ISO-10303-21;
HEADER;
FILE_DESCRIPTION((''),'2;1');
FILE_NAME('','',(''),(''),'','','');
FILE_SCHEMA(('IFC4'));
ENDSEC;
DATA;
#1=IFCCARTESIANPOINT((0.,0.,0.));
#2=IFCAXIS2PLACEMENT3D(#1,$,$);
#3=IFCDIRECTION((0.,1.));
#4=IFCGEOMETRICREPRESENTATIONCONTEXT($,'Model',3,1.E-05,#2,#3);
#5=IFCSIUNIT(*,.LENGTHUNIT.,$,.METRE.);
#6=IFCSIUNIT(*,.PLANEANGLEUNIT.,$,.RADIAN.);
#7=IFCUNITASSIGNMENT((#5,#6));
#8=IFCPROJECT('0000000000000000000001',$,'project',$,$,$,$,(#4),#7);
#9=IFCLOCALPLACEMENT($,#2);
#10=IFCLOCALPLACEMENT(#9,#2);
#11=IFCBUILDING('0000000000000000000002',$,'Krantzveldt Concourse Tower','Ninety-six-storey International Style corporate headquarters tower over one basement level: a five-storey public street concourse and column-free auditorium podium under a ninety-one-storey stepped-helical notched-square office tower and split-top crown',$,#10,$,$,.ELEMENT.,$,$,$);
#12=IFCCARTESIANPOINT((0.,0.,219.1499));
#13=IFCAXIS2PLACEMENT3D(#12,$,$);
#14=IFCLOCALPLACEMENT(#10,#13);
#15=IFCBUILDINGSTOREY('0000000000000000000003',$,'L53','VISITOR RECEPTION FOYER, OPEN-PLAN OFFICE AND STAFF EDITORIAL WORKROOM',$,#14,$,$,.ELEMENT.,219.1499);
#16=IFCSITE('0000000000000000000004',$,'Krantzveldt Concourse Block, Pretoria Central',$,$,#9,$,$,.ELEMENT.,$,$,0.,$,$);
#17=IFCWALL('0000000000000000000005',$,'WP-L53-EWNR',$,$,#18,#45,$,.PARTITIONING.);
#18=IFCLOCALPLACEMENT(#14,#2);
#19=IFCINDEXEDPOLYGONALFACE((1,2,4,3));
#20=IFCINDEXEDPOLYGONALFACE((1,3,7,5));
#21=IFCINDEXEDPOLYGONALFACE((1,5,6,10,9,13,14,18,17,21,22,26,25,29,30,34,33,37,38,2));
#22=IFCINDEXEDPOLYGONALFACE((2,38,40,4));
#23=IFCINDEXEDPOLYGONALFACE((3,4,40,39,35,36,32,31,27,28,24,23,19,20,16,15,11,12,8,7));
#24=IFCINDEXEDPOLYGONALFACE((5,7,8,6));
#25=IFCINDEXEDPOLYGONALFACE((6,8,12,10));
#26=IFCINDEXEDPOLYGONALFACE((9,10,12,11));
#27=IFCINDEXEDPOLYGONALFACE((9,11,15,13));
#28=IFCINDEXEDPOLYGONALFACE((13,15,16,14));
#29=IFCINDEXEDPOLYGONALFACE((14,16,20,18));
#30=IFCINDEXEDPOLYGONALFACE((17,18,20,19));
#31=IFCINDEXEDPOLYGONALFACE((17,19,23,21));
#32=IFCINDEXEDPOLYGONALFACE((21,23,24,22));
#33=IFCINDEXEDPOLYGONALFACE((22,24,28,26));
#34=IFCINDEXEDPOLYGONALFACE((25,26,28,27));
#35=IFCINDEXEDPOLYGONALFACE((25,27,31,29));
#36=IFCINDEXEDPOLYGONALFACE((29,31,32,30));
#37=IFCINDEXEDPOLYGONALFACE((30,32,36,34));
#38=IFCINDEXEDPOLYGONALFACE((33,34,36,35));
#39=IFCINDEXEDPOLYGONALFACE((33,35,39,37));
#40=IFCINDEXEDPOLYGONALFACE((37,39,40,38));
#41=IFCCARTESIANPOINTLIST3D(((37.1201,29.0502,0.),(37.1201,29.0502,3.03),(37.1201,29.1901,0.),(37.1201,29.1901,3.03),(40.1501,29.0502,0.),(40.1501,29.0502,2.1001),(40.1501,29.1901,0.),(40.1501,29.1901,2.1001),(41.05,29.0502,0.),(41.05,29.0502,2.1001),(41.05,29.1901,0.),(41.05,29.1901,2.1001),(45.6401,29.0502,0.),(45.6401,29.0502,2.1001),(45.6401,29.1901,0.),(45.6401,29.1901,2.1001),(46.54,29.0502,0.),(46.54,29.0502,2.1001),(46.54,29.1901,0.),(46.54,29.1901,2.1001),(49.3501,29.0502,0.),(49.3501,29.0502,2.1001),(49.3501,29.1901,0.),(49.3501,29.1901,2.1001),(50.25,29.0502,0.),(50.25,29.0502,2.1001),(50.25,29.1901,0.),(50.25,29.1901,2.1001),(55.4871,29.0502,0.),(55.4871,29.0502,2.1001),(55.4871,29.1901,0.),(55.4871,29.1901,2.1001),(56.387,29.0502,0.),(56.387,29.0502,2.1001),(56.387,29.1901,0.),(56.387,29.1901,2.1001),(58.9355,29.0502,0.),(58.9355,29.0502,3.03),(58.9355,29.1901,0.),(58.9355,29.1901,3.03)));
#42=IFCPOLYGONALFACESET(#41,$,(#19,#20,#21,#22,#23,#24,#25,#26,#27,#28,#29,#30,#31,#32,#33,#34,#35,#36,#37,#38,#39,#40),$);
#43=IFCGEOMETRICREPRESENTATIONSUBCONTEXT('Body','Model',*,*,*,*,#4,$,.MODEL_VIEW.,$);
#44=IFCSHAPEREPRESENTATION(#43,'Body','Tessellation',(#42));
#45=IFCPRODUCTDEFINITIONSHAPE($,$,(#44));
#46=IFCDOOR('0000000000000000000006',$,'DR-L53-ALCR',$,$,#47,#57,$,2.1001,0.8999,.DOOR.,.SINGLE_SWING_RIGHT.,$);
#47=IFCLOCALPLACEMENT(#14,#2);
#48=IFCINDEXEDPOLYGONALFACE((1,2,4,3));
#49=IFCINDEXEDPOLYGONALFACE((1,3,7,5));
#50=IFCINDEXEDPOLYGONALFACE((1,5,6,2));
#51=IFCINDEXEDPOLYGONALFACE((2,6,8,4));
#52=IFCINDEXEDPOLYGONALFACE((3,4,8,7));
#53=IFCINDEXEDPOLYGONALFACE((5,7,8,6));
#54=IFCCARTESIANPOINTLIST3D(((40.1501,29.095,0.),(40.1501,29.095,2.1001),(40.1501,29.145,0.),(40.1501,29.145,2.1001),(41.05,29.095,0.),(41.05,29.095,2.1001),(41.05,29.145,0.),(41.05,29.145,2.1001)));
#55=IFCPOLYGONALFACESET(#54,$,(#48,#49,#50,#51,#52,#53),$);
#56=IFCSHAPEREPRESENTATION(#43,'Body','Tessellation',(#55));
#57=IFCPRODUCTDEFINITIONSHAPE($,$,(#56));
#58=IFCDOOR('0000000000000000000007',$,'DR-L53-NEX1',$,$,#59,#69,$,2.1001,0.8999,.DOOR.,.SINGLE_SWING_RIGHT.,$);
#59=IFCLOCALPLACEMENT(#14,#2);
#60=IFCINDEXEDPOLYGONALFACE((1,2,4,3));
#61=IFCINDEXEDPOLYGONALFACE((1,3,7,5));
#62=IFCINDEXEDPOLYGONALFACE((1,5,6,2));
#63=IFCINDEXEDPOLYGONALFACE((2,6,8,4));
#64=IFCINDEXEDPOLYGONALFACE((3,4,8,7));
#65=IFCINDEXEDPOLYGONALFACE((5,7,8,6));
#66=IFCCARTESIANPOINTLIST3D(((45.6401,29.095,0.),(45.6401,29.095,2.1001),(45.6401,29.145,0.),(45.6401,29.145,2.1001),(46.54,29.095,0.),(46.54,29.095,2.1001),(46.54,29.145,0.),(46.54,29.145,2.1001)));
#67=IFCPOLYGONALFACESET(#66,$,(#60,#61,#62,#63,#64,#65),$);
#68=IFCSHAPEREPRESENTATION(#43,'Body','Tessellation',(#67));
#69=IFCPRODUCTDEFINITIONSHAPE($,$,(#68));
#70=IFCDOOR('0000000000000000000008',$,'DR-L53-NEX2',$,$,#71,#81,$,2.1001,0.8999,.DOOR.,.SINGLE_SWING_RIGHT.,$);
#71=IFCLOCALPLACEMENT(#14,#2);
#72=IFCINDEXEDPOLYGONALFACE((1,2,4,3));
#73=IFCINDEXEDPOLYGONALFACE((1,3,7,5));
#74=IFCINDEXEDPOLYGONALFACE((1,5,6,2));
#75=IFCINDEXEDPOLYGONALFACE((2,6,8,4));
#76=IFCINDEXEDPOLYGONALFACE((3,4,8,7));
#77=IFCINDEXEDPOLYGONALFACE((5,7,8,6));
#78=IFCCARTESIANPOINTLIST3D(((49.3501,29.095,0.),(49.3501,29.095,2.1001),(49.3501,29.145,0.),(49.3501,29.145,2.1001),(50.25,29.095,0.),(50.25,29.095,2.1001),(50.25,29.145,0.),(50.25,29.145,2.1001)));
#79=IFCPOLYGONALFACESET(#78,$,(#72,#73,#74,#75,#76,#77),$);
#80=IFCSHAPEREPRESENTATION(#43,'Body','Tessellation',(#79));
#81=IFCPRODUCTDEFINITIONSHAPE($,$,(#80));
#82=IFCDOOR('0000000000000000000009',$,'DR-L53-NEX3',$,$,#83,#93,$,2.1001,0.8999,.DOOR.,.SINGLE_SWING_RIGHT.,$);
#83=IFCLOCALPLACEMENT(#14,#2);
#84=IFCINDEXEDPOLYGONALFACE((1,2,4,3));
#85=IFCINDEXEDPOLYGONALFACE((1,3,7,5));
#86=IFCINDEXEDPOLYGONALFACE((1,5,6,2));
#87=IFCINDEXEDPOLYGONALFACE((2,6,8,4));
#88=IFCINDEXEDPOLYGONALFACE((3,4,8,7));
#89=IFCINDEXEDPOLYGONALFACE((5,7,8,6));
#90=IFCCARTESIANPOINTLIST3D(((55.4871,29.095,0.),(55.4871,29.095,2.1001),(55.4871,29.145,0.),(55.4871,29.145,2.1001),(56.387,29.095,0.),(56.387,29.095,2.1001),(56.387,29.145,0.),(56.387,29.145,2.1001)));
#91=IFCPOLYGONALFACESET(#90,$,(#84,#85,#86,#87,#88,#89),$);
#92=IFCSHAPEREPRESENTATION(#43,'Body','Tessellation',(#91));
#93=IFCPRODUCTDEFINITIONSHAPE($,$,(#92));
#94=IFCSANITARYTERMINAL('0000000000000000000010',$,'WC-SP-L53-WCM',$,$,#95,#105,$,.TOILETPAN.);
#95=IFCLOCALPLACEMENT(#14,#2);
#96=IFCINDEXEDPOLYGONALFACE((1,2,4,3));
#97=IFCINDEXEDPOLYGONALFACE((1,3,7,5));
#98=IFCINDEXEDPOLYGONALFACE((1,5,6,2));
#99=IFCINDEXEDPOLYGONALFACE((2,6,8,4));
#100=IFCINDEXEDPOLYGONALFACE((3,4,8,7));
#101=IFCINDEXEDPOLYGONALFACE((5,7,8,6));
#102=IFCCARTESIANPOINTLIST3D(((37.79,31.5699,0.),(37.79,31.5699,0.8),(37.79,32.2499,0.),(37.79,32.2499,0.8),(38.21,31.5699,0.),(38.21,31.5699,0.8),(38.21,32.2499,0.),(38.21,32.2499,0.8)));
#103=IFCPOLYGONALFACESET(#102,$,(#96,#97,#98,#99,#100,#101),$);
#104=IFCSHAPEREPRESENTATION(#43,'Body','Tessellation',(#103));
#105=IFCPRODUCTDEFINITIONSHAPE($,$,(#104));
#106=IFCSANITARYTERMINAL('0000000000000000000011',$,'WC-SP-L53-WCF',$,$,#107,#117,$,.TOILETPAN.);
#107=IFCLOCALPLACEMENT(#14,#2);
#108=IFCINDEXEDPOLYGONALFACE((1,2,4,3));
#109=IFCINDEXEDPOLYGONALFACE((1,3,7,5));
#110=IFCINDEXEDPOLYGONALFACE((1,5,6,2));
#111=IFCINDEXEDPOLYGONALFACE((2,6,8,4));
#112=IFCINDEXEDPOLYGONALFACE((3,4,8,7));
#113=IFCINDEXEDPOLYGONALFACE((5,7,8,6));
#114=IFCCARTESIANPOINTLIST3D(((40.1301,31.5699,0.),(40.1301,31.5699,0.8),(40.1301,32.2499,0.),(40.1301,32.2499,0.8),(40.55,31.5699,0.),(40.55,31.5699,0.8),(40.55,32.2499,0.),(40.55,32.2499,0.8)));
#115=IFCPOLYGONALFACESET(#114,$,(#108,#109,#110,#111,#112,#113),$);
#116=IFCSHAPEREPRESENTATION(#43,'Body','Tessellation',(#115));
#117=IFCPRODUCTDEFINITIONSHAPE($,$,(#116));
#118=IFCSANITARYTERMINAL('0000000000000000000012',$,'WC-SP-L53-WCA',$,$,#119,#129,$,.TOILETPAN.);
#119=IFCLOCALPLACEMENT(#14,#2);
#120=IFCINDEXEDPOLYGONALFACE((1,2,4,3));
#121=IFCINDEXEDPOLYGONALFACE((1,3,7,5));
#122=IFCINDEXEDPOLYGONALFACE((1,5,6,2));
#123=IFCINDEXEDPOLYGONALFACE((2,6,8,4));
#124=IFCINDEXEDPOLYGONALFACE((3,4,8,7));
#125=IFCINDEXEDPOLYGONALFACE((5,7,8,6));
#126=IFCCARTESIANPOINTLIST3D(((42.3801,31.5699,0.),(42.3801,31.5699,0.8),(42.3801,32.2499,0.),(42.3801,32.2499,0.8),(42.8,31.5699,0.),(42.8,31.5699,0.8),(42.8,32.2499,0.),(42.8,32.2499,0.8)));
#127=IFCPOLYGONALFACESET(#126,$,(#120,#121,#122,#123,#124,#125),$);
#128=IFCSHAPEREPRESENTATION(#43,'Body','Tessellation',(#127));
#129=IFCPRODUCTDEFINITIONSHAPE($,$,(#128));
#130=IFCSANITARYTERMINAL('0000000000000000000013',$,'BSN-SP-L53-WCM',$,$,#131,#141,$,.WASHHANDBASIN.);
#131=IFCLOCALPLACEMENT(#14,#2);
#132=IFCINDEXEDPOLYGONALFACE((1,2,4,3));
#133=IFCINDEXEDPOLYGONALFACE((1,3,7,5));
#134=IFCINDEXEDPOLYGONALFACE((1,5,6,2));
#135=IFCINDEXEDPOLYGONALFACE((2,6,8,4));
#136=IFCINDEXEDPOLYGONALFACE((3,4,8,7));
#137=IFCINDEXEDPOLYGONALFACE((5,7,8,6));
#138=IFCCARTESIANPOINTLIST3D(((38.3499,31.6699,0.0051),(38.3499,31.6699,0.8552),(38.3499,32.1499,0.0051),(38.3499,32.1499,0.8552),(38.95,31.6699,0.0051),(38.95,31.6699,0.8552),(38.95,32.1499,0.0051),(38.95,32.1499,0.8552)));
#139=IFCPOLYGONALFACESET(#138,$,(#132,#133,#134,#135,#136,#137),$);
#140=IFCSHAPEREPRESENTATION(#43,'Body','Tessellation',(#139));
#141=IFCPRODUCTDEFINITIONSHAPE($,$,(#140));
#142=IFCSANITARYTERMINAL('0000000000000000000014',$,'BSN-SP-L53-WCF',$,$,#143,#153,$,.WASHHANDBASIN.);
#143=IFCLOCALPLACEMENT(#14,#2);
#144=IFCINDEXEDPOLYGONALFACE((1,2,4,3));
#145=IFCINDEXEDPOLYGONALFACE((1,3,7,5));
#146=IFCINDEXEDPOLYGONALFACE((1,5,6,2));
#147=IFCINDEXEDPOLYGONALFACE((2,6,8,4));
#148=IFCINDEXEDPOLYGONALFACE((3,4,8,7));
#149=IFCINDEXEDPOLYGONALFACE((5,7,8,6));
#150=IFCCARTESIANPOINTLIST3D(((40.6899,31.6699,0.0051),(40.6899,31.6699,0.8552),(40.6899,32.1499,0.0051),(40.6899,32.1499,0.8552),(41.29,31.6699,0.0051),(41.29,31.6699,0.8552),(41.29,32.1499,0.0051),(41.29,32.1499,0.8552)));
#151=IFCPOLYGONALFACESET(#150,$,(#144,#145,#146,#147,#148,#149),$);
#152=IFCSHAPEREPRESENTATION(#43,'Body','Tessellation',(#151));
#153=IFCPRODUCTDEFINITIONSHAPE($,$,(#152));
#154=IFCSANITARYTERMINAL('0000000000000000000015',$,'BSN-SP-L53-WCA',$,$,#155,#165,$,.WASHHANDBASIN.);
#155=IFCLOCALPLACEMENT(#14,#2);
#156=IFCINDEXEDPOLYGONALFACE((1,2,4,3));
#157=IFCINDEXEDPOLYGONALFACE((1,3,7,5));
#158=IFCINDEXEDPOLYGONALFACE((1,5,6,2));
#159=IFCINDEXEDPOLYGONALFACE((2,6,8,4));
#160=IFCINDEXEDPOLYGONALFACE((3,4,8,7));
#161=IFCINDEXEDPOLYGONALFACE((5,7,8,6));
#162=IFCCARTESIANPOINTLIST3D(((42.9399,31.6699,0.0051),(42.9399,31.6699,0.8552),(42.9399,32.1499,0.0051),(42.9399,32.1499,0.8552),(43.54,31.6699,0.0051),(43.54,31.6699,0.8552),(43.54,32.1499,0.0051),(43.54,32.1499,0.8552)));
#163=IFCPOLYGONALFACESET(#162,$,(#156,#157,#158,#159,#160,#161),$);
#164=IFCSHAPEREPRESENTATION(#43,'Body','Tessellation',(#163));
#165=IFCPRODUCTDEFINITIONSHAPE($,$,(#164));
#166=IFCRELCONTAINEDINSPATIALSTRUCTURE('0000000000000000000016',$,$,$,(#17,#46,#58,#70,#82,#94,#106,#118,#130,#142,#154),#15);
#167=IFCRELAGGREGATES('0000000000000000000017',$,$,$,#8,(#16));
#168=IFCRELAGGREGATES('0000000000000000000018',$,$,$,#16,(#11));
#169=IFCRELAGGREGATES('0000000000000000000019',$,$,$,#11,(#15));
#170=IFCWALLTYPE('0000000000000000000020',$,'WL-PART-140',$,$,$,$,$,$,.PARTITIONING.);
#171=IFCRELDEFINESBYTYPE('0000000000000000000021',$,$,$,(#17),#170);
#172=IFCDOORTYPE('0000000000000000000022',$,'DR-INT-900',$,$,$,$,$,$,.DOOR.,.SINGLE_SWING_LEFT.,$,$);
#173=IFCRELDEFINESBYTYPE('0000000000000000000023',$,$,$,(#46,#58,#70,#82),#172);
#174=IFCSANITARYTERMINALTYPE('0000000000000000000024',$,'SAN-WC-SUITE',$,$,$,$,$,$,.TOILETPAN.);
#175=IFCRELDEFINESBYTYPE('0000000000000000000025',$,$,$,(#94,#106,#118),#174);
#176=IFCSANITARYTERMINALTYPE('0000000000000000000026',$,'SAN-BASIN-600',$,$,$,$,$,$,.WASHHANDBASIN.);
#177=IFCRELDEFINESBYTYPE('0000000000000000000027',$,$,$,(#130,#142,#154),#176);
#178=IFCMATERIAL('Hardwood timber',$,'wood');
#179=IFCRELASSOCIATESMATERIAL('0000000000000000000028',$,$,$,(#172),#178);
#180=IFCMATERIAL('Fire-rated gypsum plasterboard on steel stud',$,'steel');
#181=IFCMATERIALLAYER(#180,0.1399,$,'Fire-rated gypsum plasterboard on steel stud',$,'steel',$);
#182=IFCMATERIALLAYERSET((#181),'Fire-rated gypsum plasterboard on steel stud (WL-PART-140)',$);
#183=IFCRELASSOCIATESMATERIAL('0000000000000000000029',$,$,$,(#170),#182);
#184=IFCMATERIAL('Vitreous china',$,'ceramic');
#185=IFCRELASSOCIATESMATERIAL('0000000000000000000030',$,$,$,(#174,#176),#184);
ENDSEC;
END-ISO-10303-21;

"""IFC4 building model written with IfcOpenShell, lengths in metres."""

from ifc_helpers import new_model, si_unit, direction, frame, frame_2d, origin, origin_2d, place, context, subcontext, project, spatial, rectangle, extrude, source, transform, mapped, material, layer, layer_set, type_object, type_shapes, element, fill, save


model = new_model("IFC4")

# Units and contexts
model_context = context("Model", 3, precision=1e-05, world=origin(), true_north=direction((0.0, 1.0)))
body_context = subcontext(model_context, "Body", "Model", "MODEL_VIEW")
ifc_project = project(units=[si_unit("LENGTHUNIT", "METRE"), si_unit("PLANEANGLEUNIT", "RADIAN")], contexts=[model_context])

# Site, building, storey
site_placement = place(None, origin())
site = spatial("IfcSite", under=ifc_project, at=site_placement, Name="Krantzveldt Concourse Block, Pretoria Central", CompositionType="ELEMENT", RefElevation=0.0)
building_placement = place(site_placement, origin())
building = spatial("IfcBuilding", under=site, at=building_placement, Name="Krantzveldt Concourse Tower", Description="Ninety-six-storey International Style corporate headquarters tower over one basement level: a five-storey public street concourse and column-free auditorium podium under a ninety-one-storey stepped-helical notched-square office tower and split-top crown", CompositionType="ELEMENT")
storey_placement = place(building_placement, frame((0.0, 0.0, 219.1499)))
storey = spatial("IfcBuildingStorey", under=building, at=storey_placement, Name="L53", Description="VISITOR RECEPTION FOYER, OPEN-PLAN OFFICE AND STAFF EDITORIAL WORKROOM", CompositionType="ELEMENT", Elevation=219.1499)

# Shared definitions
ifc_material_1 = material(Name="Fire-rated gypsum plasterboard on steel stud", Category="steel")

# Shared definitions
ifc_material_2 = material(Name="Hardwood timber", Category="wood")
door_type_1 = type_object("IfcDoorType", Name="DR-INT-900", OperationType="SINGLE_SWING_LEFT", PredefinedType="DOOR", material=ifc_material_2)

# Wall, openings, doors
ifc_layer_1 = layer(ifc_material_1, 0.1399, Name="Fire-rated gypsum plasterboard on steel stud", Category="steel")
ifc_layer_set_1 = layer_set([ifc_layer_1], Name="Fire-rated gypsum plasterboard on steel stud (WL-PART-140)")
wall_type_1 = type_object("IfcWallType", Name="WL-PART-140", PredefinedType="PARTITIONING", material=ifc_layer_set_1)
wall_1_placement = place(storey_placement, frame((37.1201, 29.1201, 0.0), z_axis=(0.0, 0.0, 1.0), x_axis=(1.0, 0.0, 0.0)))
wall_1 = element("IfcWall", 1, at=wall_1_placement, inside=storey, type_object=wall_type_1, Name="WP-L53-EWNR", PredefinedType="PARTITIONING", context=body_context, shape_type="SweptSolid", body=[
    extrude(rectangle(XDim=21.8154, YDim=0.1399, at=frame_2d((10.9077, 0.0))), origin(), (0.0, 0.0, 1.0), 3.03),
])
opening_1_placement = place(wall_1_placement, frame((3.03, 0.0, 0.0)))
opening_1 = element("IfcOpeningElement", 2, at=opening_1_placement, cuts=wall_1, PredefinedType="OPENING", context=body_context, shape_type="SweptSolid", body=[
    extrude(rectangle(XDim=0.8999, YDim=2.1001, at=frame_2d((0.45, 1.05))), frame((0.0, 0.0801, 0.0), z_axis=(0.0, -1.0, 0.0), x_axis=(1.0, 0.0, 0.0)), (0.0, 0.0, 1.0), 0.1599),
])
opening_2_placement = place(wall_1_placement, frame((8.52, 0.0, 0.0)))
opening_2 = element("IfcOpeningElement", 3, at=opening_2_placement, cuts=wall_1, PredefinedType="OPENING", context=body_context, shape_type="SweptSolid", body=[
    extrude(rectangle(XDim=0.8999, YDim=2.1001, at=frame_2d((0.45, 1.05))), frame((0.0, 0.0801, 0.0), z_axis=(0.0, -1.0, 0.0), x_axis=(1.0, 0.0, 0.0)), (0.0, 0.0, 1.0), 0.1599),
])
opening_3_placement = place(wall_1_placement, frame((12.23, 0.0, 0.0)))
opening_3 = element("IfcOpeningElement", 4, at=opening_3_placement, cuts=wall_1, PredefinedType="OPENING", context=body_context, shape_type="SweptSolid", body=[
    extrude(rectangle(XDim=0.8999, YDim=2.1001, at=frame_2d((0.45, 1.05))), frame((0.0, 0.0801, 0.0), z_axis=(0.0, -1.0, 0.0), x_axis=(1.0, 0.0, 0.0)), (0.0, 0.0, 1.0), 0.1599),
])
opening_4_placement = place(wall_1_placement, frame((18.3669, 0.0, 0.0)))
opening_4 = element("IfcOpeningElement", 5, at=opening_4_placement, cuts=wall_1, PredefinedType="OPENING", context=body_context, shape_type="SweptSolid", body=[
    extrude(rectangle(XDim=0.8999, YDim=2.1001, at=frame_2d((0.45, 1.05))), frame((0.0, 0.0801, 0.0), z_axis=(0.0, -1.0, 0.0), x_axis=(1.0, 0.0, 0.0)), (0.0, 0.0, 1.0), 0.1599),
])
door_1_placement = place(opening_1_placement, origin())
door_1 = element("IfcDoor", 6, at=door_1_placement, inside=storey, type_object=door_type_1, Name="DR-L53-ALCR", OperationType="SINGLE_SWING_RIGHT", OverallHeight=2.1001, OverallWidth=0.8999, PredefinedType="DOOR", context=body_context, shape_type="SweptSolid", body=[
    extrude(rectangle(XDim=0.8999, YDim=2.1001, at=frame_2d((0.45, 1.05))), frame((0.0, 0.0249, 0.0), z_axis=(0.0, -1.0, 0.0), x_axis=(1.0, 0.0, 0.0)), (0.0, 0.0, 1.0), 0.05),
])
fill(opening_1, door_1)
door_2_placement = place(opening_2_placement, origin())
door_2 = element("IfcDoor", 7, at=door_2_placement, inside=storey, type_object=door_type_1, Name="DR-L53-NEX1", OperationType="SINGLE_SWING_RIGHT", OverallHeight=2.1001, OverallWidth=0.8999, PredefinedType="DOOR", context=body_context, shape_type="SweptSolid", body=[
    extrude(rectangle(XDim=0.8999, YDim=2.1001, at=frame_2d((0.45, 1.05))), frame((0.0, 0.0249, 0.0), z_axis=(0.0, -1.0, 0.0), x_axis=(1.0, 0.0, 0.0)), (0.0, 0.0, 1.0), 0.05),
])
fill(opening_2, door_2)
door_3_placement = place(opening_3_placement, origin())
door_3 = element("IfcDoor", 8, at=door_3_placement, inside=storey, type_object=door_type_1, Name="DR-L53-NEX2", OperationType="SINGLE_SWING_RIGHT", OverallHeight=2.1001, OverallWidth=0.8999, PredefinedType="DOOR", context=body_context, shape_type="SweptSolid", body=[
    extrude(rectangle(XDim=0.8999, YDim=2.1001, at=frame_2d((0.45, 1.05))), frame((0.0, 0.0249, 0.0), z_axis=(0.0, -1.0, 0.0), x_axis=(1.0, 0.0, 0.0)), (0.0, 0.0, 1.0), 0.05),
])
fill(opening_3, door_3)
door_4_placement = place(opening_4_placement, origin())
door_4 = element("IfcDoor", 9, at=door_4_placement, inside=storey, type_object=door_type_1, Name="DR-L53-NEX3", OperationType="SINGLE_SWING_RIGHT", OverallHeight=2.1001, OverallWidth=0.8999, PredefinedType="DOOR", context=body_context, shape_type="SweptSolid", body=[
    extrude(rectangle(XDim=0.8999, YDim=2.1001, at=frame_2d((0.45, 1.05))), frame((0.0, 0.0249, 0.0), z_axis=(0.0, -1.0, 0.0), x_axis=(1.0, 0.0, 0.0)), (0.0, 0.0, 1.0), 0.05),
])
fill(opening_4, door_4)

# Sanitary terminals
ifc_material_3 = material(Name="Vitreous china", Category="ceramic")
sanitary_terminal_type_1 = type_object("IfcSanitaryTerminalType", Name="SAN-WC-SUITE", PredefinedType="TOILETPAN", material=ifc_material_3)
shared_shape_1 = source(origin(), body_context, "Body", "SweptSolid", [
    extrude(rectangle(XDim=0.4199, YDim=0.6799, at=origin_2d()), origin(), (0.0, 0.0, 1.0), 0.8),
])
type_shapes(sanitary_terminal_type_1, [shared_shape_1])
for number, where, z_axis, x_axis, name in (
    (10, (38.0, 31.9099, 0.0), (0.0, 0.0, 1.0), (1.0, 0.0, 0.0), "WC-SP-L53-WCM"),
    (11, (40.3401, 31.9099, 0.0), (0.0, 0.0, 1.0), (1.0, 0.0, 0.0), "WC-SP-L53-WCF"),
    (12, (42.5901, 31.9099, 0.0), (0.0, 0.0, 1.0), (1.0, 0.0, 0.0), "WC-SP-L53-WCA"),
):
    element("IfcSanitaryTerminal", number, at=place(storey_placement, frame(where, z_axis=z_axis, x_axis=x_axis)), inside=storey, type_object=sanitary_terminal_type_1, Name=name, PredefinedType="TOILETPAN", context=body_context, shape_type="MappedRepresentation", body=[
        mapped(shared_shape_1, transform((0.0, 0.0, 0.0), x_axis=(1.0, 0.0, 0.0), y_axis=(0.0, 1.0, 0.0), z_axis=(0.0, 0.0, 1.0), scale=1.0)),
    ])
sanitary_terminal_type_2 = type_object("IfcSanitaryTerminalType", Name="SAN-BASIN-600", PredefinedType="WASHHANDBASIN", material=ifc_material_3)
shared_shape_2 = source(origin(), body_context, "Body", "SweptSolid", [
    extrude(rectangle(XDim=0.6001, YDim=0.48, at=origin_2d()), origin(), (0.0, 0.0, 1.0), 0.8501),
])
type_shapes(sanitary_terminal_type_2, [shared_shape_2])
for number, where, z_axis, x_axis, name in (
    (13, (38.6499, 31.9099, 0.0051), (0.0, 0.0, 1.0), (1.0, 0.0, 0.0), "BSN-SP-L53-WCM"),
    (14, (40.99, 31.9099, 0.0051), (0.0, 0.0, 1.0), (1.0, 0.0, 0.0), "BSN-SP-L53-WCF"),
    (15, (43.24, 31.9099, 0.0051), (0.0, 0.0, 1.0), (1.0, 0.0, 0.0), "BSN-SP-L53-WCA"),
):
    element("IfcSanitaryTerminal", number, at=place(storey_placement, frame(where, z_axis=z_axis, x_axis=x_axis)), inside=storey, type_object=sanitary_terminal_type_2, Name=name, PredefinedType="WASHHANDBASIN", context=body_context, shape_type="MappedRepresentation", body=[
        mapped(shared_shape_2, transform((0.0, 0.0, 0.0), x_axis=(1.0, 0.0, 0.0), y_axis=(0.0, 1.0, 0.0), z_axis=(0.0, 0.0, 1.0), scale=1.0)),
    ])

save(model, "model.ifc")
